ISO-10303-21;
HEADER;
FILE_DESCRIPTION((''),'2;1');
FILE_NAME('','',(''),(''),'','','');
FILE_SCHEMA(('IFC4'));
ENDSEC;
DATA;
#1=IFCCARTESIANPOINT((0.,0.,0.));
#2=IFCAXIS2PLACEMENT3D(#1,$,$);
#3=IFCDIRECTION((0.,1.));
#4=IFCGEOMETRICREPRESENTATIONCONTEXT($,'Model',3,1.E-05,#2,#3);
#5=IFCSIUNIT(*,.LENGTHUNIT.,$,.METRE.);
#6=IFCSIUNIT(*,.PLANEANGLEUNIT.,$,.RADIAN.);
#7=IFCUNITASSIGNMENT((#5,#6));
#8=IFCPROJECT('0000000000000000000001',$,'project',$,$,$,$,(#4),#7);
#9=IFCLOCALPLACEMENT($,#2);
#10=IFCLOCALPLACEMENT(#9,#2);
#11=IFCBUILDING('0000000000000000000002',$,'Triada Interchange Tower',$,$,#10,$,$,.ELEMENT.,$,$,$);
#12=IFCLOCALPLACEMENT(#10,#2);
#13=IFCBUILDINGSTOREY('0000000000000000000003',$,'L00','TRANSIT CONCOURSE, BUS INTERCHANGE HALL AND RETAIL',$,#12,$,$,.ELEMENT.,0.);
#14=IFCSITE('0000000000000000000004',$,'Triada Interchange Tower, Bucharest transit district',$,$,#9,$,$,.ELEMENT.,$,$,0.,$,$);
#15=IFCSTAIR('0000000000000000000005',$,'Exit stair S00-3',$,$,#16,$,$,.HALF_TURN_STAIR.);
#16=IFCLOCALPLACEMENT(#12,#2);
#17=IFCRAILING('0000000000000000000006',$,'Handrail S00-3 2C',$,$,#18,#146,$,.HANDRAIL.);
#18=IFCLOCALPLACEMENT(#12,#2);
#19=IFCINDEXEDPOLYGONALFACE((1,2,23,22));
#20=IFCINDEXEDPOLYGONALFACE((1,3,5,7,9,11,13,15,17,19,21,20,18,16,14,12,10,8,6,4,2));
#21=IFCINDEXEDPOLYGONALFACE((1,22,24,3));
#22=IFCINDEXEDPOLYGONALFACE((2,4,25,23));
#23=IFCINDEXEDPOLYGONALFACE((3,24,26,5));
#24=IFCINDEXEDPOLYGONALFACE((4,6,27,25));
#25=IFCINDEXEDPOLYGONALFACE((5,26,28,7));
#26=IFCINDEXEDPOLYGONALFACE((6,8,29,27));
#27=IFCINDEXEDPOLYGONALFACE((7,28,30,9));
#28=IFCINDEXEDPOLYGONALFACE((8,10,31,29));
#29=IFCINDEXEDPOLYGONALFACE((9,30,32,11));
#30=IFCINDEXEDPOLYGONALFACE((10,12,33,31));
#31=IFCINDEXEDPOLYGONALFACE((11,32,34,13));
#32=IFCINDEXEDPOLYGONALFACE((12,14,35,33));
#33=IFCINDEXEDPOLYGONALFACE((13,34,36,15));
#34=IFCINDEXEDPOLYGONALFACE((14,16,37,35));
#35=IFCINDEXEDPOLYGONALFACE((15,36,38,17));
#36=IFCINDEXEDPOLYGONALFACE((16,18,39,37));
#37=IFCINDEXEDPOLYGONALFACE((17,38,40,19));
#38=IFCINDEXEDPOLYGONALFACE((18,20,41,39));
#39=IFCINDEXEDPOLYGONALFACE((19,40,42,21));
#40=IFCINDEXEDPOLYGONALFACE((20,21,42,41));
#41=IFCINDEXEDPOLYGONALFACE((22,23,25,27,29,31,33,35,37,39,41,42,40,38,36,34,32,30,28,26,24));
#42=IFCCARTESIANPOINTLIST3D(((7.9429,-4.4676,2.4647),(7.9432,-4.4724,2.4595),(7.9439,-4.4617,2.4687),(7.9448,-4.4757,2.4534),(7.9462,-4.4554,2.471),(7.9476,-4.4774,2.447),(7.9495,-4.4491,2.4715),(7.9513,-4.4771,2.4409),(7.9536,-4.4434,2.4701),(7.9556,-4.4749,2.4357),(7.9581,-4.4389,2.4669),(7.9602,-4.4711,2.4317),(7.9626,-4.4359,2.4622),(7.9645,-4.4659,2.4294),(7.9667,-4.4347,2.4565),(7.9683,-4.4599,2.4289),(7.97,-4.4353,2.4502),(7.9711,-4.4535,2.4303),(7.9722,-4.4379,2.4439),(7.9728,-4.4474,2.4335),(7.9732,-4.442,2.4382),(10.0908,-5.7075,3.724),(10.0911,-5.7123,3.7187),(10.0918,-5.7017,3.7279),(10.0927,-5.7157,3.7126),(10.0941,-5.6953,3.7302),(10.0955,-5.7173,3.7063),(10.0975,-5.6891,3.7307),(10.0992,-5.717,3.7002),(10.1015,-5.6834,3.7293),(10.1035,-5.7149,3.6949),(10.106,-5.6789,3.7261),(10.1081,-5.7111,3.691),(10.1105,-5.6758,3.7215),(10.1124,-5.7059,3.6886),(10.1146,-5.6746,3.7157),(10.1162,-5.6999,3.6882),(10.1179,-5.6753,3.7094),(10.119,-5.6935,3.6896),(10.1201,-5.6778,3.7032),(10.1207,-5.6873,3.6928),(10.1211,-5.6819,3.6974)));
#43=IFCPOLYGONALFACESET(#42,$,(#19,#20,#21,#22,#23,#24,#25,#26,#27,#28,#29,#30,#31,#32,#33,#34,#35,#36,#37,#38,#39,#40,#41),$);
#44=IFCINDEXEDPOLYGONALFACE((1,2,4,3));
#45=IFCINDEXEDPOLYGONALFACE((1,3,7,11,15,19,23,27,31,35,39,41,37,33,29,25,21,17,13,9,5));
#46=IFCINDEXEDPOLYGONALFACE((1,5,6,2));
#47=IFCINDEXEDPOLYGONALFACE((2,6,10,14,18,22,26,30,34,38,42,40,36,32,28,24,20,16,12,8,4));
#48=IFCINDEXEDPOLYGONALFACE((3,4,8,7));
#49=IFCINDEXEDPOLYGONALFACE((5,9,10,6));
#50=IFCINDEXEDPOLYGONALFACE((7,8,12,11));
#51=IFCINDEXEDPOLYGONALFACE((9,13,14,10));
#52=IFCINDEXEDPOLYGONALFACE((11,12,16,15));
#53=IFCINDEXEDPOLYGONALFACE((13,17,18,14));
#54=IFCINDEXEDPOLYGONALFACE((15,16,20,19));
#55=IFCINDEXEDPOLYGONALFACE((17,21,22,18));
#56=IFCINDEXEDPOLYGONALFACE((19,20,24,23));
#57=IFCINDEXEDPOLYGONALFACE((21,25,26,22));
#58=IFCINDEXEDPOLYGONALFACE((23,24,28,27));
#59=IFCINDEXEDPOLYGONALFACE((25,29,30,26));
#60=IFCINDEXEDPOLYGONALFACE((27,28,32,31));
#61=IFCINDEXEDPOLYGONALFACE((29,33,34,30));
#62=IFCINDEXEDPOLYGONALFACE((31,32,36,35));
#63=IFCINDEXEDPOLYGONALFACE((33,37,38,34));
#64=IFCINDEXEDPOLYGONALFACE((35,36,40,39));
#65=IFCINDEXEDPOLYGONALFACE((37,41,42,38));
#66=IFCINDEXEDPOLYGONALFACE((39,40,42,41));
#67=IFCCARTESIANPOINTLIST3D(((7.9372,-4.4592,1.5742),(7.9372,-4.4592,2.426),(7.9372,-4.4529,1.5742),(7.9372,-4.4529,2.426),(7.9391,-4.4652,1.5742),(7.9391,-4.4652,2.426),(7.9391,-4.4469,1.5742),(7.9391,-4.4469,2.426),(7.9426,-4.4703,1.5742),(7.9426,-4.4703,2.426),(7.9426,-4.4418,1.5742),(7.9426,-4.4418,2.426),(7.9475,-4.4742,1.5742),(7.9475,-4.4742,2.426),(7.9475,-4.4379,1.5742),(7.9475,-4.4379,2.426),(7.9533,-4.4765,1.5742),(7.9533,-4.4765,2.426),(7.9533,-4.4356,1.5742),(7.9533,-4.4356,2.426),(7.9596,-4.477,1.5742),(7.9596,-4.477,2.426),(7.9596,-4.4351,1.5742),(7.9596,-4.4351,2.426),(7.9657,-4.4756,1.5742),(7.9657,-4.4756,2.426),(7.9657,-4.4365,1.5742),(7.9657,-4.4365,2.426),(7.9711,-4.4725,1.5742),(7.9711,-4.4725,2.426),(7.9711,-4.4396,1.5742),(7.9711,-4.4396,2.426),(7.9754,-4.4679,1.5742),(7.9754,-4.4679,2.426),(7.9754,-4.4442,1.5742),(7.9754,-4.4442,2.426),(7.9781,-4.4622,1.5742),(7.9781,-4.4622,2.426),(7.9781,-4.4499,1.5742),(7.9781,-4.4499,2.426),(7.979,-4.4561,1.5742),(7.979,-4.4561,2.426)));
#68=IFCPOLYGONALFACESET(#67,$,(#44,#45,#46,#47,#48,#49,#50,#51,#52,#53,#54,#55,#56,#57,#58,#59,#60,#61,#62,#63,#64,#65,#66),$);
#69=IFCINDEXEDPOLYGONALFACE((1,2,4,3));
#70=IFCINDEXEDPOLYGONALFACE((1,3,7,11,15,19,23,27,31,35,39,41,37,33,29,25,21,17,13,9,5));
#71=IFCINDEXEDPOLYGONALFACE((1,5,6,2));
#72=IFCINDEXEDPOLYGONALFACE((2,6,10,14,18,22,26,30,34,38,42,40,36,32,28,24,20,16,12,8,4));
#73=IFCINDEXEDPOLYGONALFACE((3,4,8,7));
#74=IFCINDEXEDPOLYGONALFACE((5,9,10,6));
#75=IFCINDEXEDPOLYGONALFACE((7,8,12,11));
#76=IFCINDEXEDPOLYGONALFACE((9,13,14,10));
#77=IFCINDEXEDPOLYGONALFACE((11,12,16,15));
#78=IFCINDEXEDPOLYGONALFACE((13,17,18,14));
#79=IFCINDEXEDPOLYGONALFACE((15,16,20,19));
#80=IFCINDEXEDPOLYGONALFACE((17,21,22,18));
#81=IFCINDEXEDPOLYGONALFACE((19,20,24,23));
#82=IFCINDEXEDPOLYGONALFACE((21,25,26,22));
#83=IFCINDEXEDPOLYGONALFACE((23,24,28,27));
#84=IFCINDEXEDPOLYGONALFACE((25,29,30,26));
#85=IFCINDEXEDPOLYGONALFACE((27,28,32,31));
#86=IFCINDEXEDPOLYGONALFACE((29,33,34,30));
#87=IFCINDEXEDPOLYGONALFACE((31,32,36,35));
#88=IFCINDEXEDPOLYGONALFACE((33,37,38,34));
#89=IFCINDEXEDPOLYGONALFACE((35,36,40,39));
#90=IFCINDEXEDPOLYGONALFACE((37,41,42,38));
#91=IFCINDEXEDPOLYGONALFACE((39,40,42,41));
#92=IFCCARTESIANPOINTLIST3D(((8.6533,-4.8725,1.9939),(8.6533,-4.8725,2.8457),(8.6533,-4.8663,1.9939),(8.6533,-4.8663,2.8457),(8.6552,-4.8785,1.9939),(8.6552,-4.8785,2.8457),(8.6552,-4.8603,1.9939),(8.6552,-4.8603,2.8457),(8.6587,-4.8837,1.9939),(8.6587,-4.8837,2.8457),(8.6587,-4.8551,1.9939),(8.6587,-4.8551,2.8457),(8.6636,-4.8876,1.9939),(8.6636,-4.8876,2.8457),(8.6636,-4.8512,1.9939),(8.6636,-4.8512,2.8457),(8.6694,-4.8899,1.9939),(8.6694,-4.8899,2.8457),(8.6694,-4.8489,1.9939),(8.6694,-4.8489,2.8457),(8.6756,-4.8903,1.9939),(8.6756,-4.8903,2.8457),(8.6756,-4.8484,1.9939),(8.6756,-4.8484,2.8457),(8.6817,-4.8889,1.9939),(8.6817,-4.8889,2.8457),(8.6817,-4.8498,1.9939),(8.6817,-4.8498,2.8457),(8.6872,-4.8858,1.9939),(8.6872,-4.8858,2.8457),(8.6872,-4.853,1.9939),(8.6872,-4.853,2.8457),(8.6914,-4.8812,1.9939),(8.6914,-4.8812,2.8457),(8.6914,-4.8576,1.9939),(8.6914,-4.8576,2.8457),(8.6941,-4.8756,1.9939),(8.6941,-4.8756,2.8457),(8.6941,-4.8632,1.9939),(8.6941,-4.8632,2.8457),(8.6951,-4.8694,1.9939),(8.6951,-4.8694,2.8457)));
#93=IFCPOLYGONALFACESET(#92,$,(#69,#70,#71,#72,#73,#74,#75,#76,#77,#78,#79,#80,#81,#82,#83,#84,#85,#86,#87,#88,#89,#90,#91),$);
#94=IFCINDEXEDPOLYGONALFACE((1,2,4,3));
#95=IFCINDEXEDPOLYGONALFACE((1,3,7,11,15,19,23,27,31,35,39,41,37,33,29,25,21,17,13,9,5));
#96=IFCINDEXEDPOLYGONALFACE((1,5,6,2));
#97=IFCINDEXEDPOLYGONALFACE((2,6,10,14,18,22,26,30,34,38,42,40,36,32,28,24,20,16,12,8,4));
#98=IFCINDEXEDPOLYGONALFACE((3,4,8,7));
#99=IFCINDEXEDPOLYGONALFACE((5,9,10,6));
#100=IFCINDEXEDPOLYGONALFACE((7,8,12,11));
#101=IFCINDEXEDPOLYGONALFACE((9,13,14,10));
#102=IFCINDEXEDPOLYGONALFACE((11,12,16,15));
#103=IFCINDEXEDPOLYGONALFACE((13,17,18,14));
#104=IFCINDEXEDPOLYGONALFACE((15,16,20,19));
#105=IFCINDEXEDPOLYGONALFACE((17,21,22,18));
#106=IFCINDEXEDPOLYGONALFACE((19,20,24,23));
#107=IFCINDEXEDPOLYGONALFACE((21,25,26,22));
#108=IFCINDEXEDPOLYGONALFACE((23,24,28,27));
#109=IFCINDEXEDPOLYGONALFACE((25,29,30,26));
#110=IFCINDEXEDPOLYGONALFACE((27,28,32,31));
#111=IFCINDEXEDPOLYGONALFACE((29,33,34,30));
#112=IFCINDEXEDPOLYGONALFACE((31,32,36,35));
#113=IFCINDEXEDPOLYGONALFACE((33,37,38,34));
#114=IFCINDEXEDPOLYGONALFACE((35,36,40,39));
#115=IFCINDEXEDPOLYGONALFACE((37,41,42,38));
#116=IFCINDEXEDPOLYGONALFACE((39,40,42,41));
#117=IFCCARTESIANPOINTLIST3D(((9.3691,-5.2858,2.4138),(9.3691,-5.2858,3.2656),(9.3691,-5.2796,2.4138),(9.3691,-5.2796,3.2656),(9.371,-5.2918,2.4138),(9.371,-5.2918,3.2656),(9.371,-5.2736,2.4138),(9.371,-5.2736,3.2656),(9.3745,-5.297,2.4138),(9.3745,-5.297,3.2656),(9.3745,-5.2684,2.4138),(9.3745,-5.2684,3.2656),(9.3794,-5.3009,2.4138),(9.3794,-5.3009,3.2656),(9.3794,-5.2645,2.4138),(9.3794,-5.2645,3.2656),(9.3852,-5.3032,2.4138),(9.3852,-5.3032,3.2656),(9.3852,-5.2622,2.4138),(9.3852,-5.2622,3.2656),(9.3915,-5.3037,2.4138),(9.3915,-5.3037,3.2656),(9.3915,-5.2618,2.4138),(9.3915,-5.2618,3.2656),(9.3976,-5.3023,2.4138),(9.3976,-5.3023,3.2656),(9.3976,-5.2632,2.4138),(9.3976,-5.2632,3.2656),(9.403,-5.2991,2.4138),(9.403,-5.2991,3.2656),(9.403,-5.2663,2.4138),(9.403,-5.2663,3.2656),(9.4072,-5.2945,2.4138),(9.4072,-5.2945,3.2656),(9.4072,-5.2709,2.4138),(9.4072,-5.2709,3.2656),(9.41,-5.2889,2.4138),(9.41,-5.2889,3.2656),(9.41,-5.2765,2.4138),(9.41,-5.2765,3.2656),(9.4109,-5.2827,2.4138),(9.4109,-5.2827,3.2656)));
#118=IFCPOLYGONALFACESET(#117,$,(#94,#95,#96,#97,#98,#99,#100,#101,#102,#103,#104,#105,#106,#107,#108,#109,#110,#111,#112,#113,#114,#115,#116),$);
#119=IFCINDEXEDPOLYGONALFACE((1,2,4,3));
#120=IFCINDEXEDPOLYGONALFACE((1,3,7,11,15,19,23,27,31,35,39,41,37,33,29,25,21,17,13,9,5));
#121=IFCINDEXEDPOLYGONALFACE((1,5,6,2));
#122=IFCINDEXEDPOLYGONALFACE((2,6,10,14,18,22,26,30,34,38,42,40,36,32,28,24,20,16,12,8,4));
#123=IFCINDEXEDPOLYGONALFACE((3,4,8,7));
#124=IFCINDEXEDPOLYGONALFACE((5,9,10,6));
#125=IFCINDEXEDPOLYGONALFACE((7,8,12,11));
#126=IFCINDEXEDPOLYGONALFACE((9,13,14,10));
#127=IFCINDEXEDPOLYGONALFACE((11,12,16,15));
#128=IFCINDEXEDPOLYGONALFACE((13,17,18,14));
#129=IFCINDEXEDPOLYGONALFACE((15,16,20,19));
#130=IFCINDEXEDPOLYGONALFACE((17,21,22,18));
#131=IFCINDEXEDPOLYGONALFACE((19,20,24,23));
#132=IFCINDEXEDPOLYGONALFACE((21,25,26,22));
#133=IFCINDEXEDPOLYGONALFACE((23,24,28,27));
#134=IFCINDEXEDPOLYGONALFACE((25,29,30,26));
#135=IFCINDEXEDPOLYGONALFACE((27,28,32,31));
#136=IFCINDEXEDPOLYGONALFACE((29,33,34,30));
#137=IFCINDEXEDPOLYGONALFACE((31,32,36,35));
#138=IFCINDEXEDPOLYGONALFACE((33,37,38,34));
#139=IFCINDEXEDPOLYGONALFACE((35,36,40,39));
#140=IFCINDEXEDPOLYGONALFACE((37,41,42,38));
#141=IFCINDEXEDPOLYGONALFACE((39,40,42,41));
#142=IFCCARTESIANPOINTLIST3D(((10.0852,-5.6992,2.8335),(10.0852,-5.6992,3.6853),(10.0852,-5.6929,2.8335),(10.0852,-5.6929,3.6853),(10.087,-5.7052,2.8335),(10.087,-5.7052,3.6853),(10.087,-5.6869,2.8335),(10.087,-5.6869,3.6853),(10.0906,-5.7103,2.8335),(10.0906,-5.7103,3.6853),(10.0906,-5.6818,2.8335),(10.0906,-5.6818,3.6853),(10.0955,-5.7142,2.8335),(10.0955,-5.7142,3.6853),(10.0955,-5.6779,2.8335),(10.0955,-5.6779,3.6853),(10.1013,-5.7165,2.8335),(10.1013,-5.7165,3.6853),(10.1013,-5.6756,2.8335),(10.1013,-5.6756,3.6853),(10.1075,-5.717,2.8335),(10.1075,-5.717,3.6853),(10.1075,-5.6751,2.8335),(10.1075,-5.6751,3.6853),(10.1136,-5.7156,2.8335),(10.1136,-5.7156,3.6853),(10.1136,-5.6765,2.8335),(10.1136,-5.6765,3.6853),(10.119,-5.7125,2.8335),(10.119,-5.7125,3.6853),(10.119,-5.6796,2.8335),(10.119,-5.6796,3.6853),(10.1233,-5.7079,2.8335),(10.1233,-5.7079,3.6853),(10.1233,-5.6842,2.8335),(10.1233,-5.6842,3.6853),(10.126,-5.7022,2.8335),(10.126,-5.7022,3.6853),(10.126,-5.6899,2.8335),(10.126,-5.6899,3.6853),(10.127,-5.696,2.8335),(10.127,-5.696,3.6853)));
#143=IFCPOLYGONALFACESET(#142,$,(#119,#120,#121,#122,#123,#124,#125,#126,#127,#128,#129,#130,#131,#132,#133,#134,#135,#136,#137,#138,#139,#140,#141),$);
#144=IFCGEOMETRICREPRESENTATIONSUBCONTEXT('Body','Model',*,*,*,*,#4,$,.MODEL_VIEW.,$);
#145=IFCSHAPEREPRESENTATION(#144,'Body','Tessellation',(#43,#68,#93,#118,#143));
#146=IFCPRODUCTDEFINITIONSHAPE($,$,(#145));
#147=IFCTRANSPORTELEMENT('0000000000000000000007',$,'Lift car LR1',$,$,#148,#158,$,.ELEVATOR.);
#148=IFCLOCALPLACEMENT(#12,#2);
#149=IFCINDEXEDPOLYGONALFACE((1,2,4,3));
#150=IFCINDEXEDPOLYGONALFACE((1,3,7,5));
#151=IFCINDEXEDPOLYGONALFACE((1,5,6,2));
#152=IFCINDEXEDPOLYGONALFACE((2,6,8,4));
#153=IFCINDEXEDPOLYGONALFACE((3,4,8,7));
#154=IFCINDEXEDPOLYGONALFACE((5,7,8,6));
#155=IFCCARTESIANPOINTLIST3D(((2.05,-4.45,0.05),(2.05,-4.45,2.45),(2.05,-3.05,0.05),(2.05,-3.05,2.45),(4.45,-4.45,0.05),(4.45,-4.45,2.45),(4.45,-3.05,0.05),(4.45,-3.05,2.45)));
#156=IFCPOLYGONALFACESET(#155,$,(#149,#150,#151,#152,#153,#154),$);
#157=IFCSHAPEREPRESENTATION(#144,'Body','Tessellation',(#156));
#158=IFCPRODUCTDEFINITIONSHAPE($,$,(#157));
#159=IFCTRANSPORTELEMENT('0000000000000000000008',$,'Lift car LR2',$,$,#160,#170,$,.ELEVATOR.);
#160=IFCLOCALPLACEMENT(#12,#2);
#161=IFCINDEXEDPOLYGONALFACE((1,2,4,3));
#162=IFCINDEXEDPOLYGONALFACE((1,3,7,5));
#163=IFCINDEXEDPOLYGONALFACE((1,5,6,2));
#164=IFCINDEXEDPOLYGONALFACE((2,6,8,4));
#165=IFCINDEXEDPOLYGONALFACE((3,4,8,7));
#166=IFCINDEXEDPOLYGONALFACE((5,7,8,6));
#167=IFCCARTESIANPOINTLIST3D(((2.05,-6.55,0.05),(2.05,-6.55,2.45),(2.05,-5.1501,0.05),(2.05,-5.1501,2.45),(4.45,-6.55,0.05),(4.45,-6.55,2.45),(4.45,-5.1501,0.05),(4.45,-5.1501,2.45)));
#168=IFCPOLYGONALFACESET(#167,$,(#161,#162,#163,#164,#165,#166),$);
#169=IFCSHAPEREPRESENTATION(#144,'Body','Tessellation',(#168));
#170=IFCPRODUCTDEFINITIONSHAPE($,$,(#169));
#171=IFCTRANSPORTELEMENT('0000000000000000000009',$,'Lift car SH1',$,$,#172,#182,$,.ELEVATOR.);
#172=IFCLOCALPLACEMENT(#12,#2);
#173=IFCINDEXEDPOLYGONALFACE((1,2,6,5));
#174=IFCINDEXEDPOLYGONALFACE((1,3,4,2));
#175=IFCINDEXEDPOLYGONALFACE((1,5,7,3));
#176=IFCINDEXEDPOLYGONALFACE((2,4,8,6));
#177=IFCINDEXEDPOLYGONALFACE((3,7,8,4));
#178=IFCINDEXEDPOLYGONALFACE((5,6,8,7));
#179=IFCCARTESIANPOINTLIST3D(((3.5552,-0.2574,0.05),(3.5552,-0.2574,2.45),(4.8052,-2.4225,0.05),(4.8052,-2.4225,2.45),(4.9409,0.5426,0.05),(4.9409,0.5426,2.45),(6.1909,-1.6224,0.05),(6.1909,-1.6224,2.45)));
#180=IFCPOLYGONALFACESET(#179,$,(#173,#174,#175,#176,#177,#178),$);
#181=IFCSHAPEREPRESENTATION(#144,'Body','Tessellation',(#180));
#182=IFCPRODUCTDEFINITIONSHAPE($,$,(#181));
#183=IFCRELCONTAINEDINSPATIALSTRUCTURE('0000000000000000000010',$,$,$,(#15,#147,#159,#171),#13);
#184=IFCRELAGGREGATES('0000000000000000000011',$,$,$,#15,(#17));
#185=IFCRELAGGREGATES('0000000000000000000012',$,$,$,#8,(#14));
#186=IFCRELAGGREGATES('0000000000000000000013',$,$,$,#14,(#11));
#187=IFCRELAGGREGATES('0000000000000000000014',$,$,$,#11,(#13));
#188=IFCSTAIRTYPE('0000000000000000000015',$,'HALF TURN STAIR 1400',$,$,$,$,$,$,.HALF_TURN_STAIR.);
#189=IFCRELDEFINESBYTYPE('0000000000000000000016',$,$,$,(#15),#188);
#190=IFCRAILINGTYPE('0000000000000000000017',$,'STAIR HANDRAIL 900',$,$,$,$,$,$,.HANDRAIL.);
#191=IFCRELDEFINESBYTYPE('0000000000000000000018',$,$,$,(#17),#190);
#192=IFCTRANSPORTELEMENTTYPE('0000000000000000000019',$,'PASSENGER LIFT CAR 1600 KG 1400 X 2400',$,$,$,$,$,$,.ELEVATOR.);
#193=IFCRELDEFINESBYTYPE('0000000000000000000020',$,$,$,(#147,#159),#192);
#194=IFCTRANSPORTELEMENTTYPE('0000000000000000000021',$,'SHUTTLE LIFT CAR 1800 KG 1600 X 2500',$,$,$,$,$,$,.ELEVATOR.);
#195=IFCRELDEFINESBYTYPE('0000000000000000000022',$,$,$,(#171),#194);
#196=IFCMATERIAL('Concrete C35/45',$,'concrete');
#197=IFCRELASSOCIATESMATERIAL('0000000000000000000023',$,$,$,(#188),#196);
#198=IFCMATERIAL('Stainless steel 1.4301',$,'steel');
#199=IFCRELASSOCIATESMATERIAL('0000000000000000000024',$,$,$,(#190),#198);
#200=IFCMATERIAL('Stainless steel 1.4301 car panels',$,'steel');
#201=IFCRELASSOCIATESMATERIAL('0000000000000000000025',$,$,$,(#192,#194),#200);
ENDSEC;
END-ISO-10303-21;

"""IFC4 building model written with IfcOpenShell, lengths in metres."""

from ifc_helpers import new_model, si_unit, direction, frame, origin, origin_2d, place, context, subcontext, project, spatial, rectangle, circle, extrude, material, type_object, element, aggregate, save


model = new_model("IFC4")

# Units and contexts
model_context = context("Model", 3, precision=1e-05, world=origin(), true_north=direction((0.0, 1.0)))
body_context = subcontext(model_context, "Body", "Model", "MODEL_VIEW")
ifc_project = project(units=[si_unit("LENGTHUNIT", "METRE"), si_unit("PLANEANGLEUNIT", "RADIAN")], contexts=[model_context])

# Site, building, storey
site_placement = place(None, origin())
site = spatial("IfcSite", under=ifc_project, at=site_placement, Name="Triada Interchange Tower, Bucharest transit district", CompositionType="ELEMENT", RefElevation=0.0)
building_placement = place(site_placement, origin())
building = spatial("IfcBuilding", under=site, at=building_placement, Name="Triada Interchange Tower", CompositionType="ELEMENT")
storey_placement = place(building_placement, origin())
storey = spatial("IfcBuildingStorey", under=building, at=storey_placement, Name="L00", Description="TRANSIT CONCOURSE, BUS INTERCHANGE HALL AND RETAIL", CompositionType="ELEMENT", Elevation=0.0)

# Shared definitions
ifc_material_1 = material(Name="Concrete C35/45", Category="concrete")
stair_type = type_object("IfcStairType", Name="HALF TURN STAIR 1400", PredefinedType="HALF_TURN_STAIR", material=ifc_material_1)

# Stair, railing
stair_1_placement = place(storey_placement, origin())
stair_1 = element("IfcStair", 1, at=stair_1_placement, inside=storey, type_object=stair_type, Name="Exit stair S00-3", PredefinedType="HALF_TURN_STAIR")
ifc_material_2 = material(Name="Stainless steel 1.4301", Category="steel")
railing_type = type_object("IfcRailingType", Name="STAIR HANDRAIL 900", PredefinedType="HANDRAIL", material=ifc_material_2)
railing_placement = place(storey_placement, frame((7.958, -4.4561, 1.5742)))
railing = element("IfcRailing", 2, at=railing_placement, type_object=railing_type, Name="Handrail S00-3 2C", PredefinedType="HANDRAIL", context=body_context, shape_type="SweptSolid", body=[
    extrude(circle(Radius=0.0239, at=origin_2d()), frame((0.0, 0.0, 0.876), z_axis=(0.772212, -0.445791, 0.452724), x_axis=(0.499961, 0.866048, 0.0)), (0.0, 0.0, 1.0), 2.7815),
    extrude(circle(Radius=0.021, at=origin_2d()), origin(), (0.0, 0.0, 1.0), 0.8518),
    extrude(circle(Radius=0.021, at=origin_2d()), frame((0.7161, -0.4133, 0.4197)), (0.0, 0.0, 1.0), 0.8518),
    extrude(circle(Radius=0.021, at=origin_2d()), frame((1.4319, -0.8267, 0.8396)), (0.0, 0.0, 1.0), 0.8518),
    extrude(circle(Radius=0.021, at=origin_2d()), frame((2.1479, -1.24, 1.2593)), (0.0, 0.0, 1.0), 0.8518),
])
aggregate(stair_1, [railing])

# Transport elements
ifc_material_3 = material(Name="Stainless steel 1.4301 car panels", Category="steel")
transport_element_type_1 = type_object("IfcTransportElementType", Name="PASSENGER LIFT CAR 1600 KG 1400 X 2400", PredefinedType="ELEVATOR", material=ifc_material_3)
for number, where, z_axis, x_axis, name in (
    (3, (3.25, -3.75, 0.05), (0.0, 0.0, 1.0), (0.0, -1.0, 0.0), "Lift car LR1"),
    (4, (3.25, -5.8501, 0.05), (0.0, 0.0, 1.0), (0.0, -1.0, 0.0), "Lift car LR2"),
):
    element("IfcTransportElement", number, at=place(storey_placement, frame(where, z_axis=z_axis, x_axis=x_axis)), inside=storey, type_object=transport_element_type_1, Name=name, PredefinedType="ELEVATOR", context=body_context, shape_type="SweptSolid", body=[
        extrude(rectangle(XDim=1.3999, YDim=2.3999, at=origin_2d()), origin(), (0.0, 0.0, 1.0), 2.3999),
    ])
transport_element_type_2 = type_object("IfcTransportElementType", Name="SHUTTLE LIFT CAR 1800 KG 1600 X 2500", PredefinedType="ELEVATOR", material=ifc_material_3)
transport_element_placement = place(storey_placement, frame((4.873, -0.9399, 0.05), z_axis=(0.0, 0.0, 1.0), x_axis=(0.866025, 0.5, 0.0)))
element("IfcTransportElement", 5, at=transport_element_placement, inside=storey, type_object=transport_element_type_2, Name="Lift car SH1", PredefinedType="ELEVATOR", context=body_context, shape_type="SweptSolid", body=[
    extrude(rectangle(XDim=1.6001, YDim=2.5, at=origin_2d()), origin(), (0.0, 0.0, 1.0), 2.3999),
])

save(model, "model.ifc")
